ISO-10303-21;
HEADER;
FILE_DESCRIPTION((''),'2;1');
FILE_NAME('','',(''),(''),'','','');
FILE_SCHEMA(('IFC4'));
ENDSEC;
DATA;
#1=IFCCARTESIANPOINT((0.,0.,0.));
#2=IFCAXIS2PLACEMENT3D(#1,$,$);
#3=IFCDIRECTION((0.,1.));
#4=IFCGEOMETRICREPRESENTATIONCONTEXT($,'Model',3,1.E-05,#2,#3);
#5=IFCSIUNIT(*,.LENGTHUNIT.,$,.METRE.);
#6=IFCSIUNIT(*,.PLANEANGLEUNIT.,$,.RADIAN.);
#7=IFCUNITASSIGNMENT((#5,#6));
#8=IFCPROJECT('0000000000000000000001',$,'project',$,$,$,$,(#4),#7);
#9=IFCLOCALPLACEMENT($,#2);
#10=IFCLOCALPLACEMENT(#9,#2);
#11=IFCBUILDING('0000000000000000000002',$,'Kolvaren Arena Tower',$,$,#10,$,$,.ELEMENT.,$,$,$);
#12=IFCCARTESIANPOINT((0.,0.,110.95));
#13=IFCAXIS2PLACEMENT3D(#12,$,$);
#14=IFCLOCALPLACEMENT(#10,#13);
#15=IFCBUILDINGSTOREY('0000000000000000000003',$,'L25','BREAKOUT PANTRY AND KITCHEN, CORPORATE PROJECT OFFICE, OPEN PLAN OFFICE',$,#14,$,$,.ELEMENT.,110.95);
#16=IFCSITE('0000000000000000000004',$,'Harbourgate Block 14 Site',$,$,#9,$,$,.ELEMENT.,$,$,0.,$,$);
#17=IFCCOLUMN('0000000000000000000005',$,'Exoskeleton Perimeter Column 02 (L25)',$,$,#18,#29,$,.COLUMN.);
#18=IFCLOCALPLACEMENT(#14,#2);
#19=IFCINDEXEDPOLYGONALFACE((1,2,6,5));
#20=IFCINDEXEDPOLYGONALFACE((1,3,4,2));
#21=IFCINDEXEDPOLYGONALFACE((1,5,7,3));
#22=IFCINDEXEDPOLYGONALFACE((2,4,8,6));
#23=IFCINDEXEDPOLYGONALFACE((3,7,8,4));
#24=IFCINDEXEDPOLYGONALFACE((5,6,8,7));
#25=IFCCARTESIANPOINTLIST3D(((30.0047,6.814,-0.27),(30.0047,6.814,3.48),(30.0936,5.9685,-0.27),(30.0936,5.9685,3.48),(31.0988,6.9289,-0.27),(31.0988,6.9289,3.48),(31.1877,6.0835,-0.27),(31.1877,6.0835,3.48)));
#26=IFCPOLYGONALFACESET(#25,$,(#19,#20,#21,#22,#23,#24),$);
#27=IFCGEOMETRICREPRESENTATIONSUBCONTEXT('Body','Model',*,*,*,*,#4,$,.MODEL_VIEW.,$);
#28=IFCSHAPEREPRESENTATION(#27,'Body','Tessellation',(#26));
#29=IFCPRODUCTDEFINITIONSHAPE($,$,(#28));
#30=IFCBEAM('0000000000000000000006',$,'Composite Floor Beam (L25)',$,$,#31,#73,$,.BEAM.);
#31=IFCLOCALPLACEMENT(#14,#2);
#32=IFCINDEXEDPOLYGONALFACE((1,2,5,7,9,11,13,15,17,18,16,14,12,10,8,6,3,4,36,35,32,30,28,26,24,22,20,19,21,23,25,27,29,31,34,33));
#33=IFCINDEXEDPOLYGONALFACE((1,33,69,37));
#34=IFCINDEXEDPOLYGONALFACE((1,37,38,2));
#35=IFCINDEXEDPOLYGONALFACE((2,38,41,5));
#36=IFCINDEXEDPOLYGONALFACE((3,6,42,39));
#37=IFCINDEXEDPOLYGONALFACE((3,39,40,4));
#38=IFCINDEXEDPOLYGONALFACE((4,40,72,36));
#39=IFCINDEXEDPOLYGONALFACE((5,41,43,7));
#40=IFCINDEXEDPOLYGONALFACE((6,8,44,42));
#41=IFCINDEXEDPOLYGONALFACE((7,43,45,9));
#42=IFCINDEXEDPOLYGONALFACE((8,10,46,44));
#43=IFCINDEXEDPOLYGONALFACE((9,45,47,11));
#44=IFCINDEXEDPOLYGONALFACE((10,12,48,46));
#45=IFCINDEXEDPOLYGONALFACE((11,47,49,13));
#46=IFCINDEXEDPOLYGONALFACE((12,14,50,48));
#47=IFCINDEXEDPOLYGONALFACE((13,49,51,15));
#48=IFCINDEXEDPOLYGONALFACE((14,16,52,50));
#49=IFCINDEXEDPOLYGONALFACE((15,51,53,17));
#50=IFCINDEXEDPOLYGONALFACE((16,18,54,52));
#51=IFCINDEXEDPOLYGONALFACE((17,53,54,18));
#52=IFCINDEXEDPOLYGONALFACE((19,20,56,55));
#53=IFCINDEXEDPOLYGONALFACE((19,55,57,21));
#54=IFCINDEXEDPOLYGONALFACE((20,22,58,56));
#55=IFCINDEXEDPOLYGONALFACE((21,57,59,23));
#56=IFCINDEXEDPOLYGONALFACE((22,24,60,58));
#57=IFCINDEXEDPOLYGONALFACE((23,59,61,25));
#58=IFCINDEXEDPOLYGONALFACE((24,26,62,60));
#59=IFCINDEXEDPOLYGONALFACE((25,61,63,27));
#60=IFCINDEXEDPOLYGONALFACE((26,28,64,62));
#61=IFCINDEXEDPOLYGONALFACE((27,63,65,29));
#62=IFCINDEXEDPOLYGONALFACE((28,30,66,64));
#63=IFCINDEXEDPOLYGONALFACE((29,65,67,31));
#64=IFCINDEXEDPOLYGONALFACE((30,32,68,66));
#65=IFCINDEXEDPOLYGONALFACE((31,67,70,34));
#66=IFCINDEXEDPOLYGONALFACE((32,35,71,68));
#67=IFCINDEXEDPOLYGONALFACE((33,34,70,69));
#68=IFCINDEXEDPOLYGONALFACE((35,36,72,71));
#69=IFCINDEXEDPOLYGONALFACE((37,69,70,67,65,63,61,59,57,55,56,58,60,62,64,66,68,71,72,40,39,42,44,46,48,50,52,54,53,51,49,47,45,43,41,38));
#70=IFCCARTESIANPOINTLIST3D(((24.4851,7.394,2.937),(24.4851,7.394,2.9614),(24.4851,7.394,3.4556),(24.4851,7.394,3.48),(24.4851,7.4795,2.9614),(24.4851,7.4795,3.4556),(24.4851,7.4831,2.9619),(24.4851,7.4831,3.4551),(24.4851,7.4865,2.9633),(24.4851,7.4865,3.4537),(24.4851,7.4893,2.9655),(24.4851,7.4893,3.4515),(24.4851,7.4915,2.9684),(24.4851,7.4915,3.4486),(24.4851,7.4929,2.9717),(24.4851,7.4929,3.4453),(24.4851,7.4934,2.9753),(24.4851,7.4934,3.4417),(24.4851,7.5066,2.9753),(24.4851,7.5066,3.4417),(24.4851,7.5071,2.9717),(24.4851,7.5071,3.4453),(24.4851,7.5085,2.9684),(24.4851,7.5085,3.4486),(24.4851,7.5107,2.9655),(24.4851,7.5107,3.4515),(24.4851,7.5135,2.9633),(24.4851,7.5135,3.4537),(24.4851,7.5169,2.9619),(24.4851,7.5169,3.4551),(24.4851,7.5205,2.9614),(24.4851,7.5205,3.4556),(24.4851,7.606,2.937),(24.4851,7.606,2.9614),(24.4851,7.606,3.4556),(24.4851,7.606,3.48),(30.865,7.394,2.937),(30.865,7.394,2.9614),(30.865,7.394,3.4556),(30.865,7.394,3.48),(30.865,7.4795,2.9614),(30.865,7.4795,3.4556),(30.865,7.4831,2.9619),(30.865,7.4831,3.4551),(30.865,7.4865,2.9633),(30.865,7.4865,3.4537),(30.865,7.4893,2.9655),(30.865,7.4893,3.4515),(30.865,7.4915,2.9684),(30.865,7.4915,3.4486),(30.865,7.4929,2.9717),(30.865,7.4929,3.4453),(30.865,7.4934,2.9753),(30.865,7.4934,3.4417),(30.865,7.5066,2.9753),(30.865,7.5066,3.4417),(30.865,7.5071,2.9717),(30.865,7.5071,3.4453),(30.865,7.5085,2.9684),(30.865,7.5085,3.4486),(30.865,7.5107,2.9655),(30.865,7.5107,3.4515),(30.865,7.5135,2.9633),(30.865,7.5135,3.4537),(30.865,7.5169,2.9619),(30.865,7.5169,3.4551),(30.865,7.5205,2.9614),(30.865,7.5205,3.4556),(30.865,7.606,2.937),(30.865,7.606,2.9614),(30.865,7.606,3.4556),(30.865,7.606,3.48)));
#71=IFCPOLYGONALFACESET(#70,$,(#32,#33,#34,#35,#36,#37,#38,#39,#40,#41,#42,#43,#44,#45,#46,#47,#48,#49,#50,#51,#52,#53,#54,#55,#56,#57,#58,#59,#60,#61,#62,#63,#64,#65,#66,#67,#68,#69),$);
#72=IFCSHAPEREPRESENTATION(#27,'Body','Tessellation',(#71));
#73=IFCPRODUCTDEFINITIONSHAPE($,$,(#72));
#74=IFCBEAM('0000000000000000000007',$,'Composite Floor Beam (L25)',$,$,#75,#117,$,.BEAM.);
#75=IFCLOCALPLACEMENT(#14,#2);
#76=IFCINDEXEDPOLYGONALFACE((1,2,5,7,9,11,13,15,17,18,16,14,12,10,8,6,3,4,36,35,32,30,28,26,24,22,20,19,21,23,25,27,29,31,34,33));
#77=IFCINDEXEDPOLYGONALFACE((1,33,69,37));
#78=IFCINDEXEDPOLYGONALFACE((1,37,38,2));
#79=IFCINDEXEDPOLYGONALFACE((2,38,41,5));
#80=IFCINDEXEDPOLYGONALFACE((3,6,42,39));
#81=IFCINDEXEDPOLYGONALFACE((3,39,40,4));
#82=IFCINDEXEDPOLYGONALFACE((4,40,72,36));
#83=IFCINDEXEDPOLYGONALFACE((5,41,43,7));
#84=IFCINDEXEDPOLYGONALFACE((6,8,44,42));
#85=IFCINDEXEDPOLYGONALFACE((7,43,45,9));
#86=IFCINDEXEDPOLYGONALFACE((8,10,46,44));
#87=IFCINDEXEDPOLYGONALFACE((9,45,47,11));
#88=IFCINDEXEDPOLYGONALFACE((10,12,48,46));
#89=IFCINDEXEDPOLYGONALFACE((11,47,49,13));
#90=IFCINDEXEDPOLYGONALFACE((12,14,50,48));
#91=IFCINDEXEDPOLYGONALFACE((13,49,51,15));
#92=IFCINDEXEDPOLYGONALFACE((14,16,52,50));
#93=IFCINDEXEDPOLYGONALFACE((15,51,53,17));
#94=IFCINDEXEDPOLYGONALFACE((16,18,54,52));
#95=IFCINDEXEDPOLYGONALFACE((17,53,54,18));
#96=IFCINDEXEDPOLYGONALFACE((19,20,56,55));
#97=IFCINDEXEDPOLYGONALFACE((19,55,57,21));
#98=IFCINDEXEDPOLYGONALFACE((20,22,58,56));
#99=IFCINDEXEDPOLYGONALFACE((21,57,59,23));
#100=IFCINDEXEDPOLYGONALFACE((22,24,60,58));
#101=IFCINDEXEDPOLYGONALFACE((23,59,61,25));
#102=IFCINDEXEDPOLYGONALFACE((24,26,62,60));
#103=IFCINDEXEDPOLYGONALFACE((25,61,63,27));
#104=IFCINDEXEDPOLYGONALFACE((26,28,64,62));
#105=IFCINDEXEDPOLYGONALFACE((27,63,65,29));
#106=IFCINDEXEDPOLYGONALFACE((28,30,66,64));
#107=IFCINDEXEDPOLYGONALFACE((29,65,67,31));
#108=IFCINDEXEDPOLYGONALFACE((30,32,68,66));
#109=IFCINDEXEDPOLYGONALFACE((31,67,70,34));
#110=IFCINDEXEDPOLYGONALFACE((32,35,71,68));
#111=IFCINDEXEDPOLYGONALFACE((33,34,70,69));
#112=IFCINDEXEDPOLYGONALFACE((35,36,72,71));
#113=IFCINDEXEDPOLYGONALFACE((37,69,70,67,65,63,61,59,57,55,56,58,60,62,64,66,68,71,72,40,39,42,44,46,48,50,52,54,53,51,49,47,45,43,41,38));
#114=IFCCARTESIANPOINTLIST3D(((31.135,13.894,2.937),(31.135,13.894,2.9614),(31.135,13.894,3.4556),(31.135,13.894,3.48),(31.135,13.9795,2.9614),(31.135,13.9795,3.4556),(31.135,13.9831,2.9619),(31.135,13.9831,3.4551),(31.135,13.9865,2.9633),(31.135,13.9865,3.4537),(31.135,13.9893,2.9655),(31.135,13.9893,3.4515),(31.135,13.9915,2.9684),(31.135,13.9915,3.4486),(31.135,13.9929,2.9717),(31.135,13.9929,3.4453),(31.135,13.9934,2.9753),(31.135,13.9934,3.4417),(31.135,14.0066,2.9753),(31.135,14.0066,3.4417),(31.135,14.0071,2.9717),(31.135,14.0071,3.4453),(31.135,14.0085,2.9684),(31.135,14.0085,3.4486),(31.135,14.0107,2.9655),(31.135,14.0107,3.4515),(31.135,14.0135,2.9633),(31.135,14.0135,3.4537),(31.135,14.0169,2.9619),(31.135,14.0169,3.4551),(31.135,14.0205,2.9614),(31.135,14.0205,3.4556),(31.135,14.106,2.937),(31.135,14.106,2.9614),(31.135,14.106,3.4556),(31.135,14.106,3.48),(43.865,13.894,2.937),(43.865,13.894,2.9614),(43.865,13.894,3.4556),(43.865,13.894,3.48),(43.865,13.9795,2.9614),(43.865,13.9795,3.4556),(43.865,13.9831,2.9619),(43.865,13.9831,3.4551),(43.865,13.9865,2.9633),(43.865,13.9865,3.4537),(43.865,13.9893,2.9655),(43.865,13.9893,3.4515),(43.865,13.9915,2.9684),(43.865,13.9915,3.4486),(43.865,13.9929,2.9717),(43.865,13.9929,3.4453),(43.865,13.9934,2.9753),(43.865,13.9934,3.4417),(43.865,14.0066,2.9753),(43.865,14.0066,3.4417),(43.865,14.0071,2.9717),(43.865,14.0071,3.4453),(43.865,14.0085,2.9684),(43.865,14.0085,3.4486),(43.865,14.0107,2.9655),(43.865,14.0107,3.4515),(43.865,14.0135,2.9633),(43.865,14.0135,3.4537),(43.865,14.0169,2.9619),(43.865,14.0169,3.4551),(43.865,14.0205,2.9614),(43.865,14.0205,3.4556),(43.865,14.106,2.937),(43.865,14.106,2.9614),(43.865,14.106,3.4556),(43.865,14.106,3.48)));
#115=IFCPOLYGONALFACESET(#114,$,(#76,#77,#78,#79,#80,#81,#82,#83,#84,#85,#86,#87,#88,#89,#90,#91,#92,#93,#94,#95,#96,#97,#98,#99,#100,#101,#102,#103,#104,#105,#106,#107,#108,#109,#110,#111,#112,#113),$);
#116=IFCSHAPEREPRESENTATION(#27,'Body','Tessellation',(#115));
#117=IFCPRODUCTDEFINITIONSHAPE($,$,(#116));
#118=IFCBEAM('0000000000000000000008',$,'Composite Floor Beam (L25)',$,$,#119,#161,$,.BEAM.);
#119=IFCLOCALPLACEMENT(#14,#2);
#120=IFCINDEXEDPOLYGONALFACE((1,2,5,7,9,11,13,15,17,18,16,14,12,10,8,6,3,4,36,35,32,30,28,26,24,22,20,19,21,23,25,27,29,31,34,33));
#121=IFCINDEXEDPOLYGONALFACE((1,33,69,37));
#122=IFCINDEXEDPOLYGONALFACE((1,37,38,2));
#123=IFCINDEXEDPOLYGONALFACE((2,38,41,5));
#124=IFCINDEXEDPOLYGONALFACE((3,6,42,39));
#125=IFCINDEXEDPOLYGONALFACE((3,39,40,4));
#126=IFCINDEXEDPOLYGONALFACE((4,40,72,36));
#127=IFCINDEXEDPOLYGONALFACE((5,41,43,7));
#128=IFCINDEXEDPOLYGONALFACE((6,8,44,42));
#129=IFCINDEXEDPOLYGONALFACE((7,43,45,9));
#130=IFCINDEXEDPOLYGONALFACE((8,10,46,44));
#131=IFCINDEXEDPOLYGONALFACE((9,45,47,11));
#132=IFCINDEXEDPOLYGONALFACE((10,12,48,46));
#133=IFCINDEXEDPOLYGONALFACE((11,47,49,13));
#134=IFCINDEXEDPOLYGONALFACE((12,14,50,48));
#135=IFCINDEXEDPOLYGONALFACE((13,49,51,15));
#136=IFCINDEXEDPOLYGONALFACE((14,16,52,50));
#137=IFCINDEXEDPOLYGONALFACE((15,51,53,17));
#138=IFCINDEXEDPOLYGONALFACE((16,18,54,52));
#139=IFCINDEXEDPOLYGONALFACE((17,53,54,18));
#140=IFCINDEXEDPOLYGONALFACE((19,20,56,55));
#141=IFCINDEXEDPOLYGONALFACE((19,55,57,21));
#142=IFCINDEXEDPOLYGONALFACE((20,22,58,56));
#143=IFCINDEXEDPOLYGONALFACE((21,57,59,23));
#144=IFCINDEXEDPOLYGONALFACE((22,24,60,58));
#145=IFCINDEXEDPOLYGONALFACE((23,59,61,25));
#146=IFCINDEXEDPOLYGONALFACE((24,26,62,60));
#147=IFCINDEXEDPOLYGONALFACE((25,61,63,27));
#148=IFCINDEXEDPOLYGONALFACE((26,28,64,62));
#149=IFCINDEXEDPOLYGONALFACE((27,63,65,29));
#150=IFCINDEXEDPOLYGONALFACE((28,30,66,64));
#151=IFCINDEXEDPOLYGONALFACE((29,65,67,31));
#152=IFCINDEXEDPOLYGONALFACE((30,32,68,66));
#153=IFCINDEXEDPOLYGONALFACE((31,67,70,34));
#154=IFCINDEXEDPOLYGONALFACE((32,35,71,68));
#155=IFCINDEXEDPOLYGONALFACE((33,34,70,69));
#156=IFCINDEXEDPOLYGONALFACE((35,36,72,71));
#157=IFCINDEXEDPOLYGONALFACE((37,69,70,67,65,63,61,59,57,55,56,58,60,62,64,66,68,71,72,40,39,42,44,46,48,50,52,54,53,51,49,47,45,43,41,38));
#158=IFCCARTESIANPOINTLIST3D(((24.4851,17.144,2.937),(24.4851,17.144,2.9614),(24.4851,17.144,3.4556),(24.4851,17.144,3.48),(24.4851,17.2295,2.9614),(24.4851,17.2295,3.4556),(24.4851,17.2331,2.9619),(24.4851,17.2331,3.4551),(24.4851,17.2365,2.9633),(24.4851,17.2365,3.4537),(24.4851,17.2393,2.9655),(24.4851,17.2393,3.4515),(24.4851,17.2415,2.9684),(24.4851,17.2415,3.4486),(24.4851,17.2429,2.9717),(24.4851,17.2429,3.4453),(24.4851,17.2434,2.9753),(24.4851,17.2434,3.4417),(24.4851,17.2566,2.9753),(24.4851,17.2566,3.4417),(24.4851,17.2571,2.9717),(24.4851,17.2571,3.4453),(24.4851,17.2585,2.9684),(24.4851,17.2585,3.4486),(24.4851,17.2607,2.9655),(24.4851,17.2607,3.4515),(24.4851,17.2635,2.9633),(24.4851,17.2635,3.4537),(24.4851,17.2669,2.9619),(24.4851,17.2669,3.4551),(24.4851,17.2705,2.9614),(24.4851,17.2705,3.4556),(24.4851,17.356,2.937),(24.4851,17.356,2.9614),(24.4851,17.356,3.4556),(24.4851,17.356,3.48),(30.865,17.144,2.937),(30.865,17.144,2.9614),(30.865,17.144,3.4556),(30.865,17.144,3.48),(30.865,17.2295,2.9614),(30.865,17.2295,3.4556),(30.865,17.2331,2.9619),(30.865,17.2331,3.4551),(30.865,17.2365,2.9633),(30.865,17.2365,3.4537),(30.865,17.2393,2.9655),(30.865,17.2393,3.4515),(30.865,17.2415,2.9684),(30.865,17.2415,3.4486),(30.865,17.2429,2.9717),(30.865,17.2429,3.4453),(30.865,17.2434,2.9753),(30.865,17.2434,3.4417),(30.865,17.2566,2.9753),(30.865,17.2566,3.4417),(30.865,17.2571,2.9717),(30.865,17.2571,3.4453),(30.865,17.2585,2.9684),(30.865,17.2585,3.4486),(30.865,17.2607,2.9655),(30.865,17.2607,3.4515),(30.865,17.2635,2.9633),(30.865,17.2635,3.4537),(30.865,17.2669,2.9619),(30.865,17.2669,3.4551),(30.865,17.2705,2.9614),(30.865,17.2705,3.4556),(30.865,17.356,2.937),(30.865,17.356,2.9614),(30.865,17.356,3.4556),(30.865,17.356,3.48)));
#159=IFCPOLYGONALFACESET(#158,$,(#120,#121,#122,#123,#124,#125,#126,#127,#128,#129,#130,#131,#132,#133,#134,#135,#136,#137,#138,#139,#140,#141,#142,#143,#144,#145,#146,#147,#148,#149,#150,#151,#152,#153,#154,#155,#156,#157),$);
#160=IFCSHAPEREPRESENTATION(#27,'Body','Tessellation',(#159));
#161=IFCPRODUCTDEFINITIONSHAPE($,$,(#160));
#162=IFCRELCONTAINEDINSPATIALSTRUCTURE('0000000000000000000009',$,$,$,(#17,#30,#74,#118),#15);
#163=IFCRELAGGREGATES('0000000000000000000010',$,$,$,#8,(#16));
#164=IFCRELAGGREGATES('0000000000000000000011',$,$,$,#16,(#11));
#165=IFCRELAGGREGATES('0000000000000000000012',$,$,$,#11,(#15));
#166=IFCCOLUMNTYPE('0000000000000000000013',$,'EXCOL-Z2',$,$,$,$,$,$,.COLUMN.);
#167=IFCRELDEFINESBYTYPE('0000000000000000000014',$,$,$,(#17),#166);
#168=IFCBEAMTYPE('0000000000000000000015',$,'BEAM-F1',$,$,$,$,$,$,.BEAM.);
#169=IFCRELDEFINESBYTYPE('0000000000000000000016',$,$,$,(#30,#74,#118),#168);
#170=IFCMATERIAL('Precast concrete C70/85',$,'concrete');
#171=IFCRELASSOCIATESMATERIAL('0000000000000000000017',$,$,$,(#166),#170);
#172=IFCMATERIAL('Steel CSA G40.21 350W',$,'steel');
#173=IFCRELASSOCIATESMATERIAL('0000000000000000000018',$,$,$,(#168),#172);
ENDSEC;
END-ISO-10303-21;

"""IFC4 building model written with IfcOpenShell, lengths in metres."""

from ifc_helpers import new_model, si_unit, direction, frame, origin, origin_2d, place, context, subcontext, project, spatial, rectangle, i_section, extrude, material, material_profile, profile_set, type_object, element, save


model = new_model("IFC4")

# Units and contexts
model_context = context("Model", 3, precision=1e-05, world=origin(), true_north=direction((0.0, 1.0)))
body_context = subcontext(model_context, "Body", "Model", "MODEL_VIEW")
ifc_project = project(units=[si_unit("LENGTHUNIT", "METRE"), si_unit("PLANEANGLEUNIT", "RADIAN")], contexts=[model_context])

# Site, building, storey
site_placement = place(None, origin())
site = spatial("IfcSite", under=ifc_project, at=site_placement, Name="Harbourgate Block 14 Site", CompositionType="ELEMENT", RefElevation=0.0)
building_placement = place(site_placement, origin())
building = spatial("IfcBuilding", under=site, at=building_placement, Name="Kolvaren Arena Tower", CompositionType="ELEMENT")
storey_placement = place(building_placement, frame((0.0, 0.0, 110.95)))
storey = spatial("IfcBuildingStorey", under=building, at=storey_placement, Name="L25", Description="BREAKOUT PANTRY AND KITCHEN, CORPORATE PROJECT OFFICE, OPEN PLAN OFFICE", CompositionType="ELEMENT", Elevation=110.95)

# Column
ifc_material_1 = material(Name="Precast concrete C70/85", Category="concrete")
ifc_material_profile_1 = material_profile(ifc_material_1, rectangle(XDim=1.1001, YDim=0.8501, at=origin_2d()), Name="RC-1100x850")
ifc_profile_set_1 = profile_set([ifc_material_profile_1], Name="Precast concrete C70/85")
column_type = type_object("IfcColumnType", Name="EXCOL-Z2", PredefinedType="COLUMN", material=ifc_profile_set_1)
column_placement = place(storey_placement, frame((30.5962, 6.4487, -0.27), z_axis=(0.0, 0.0, 1.0), x_axis=(0.994522, 0.104528, 0.0)))
element("IfcColumn", 1, at=column_placement, inside=storey, type_object=column_type, Name="Exoskeleton Perimeter Column 02 (L25)", PredefinedType="COLUMN", context=body_context, shape_type="SweptSolid", body=[
    extrude(rectangle(XDim=1.1001, YDim=0.8501, at=origin_2d()), origin(), (0.0, 0.0, 1.0), 3.75),
])

# Beams
ifc_material_2 = material(Name="Steel CSA G40.21 350W", Category="steel")
ifc_material_profile_2 = material_profile(ifc_material_2, i_section(OverallWidth=0.2119, OverallDepth=0.543, WebThickness=0.0132, FlangeThickness=0.0244, FilletRadius=0.0139, at=origin_2d()), Name="W530x150")
ifc_profile_set_2 = profile_set([ifc_material_profile_2], Name="Steel CSA G40.21 350W")
beam_type_1 = type_object("IfcBeamType", Name="BEAM-F1", PredefinedType="BEAM", material=ifc_profile_set_2)
beam_1_placement = place(storey_placement, frame((24.4851, 7.5, 3.2085), z_axis=(1.0, 0.0, 0.0), x_axis=(0.0, 1.0, 0.0)))
element("IfcBeam", 2, at=beam_1_placement, inside=storey, type_object=beam_type_1, Name="Composite Floor Beam (L25)", PredefinedType="BEAM", context=body_context, shape_type="SweptSolid", body=[
    extrude(i_section(OverallWidth=0.2119, OverallDepth=0.543, WebThickness=0.0132, FlangeThickness=0.0244, FilletRadius=0.0139, at=origin_2d()), origin(), (0.0, 0.0, 1.0), 6.3799),
])
beam_2_placement = place(storey_placement, frame((31.135, 14.0, 3.2085), z_axis=(1.0, 0.0, 0.0), x_axis=(0.0, 1.0, 0.0)))
element("IfcBeam", 3, at=beam_2_placement, inside=storey, type_object=beam_type_1, Name="Composite Floor Beam (L25)", PredefinedType="BEAM", context=body_context, shape_type="SweptSolid", body=[
    extrude(i_section(OverallWidth=0.2119, OverallDepth=0.543, WebThickness=0.0132, FlangeThickness=0.0244, FilletRadius=0.0139, at=origin_2d()), origin(), (0.0, 0.0, 1.0), 12.73),
])
beam_3_placement = place(storey_placement, frame((24.4851, 17.25, 3.2085), z_axis=(1.0, 0.0, 0.0), x_axis=(0.0, 1.0, 0.0)))
element("IfcBeam", 4, at=beam_3_placement, inside=storey, type_object=beam_type_1, Name="Composite Floor Beam (L25)", PredefinedType="BEAM", context=body_context, shape_type="SweptSolid", body=[
    extrude(i_section(OverallWidth=0.2119, OverallDepth=0.543, WebThickness=0.0132, FlangeThickness=0.0244, FilletRadius=0.0139, at=origin_2d()), origin(), (0.0, 0.0, 1.0), 6.3799),
])

save(model, "model.ifc")
